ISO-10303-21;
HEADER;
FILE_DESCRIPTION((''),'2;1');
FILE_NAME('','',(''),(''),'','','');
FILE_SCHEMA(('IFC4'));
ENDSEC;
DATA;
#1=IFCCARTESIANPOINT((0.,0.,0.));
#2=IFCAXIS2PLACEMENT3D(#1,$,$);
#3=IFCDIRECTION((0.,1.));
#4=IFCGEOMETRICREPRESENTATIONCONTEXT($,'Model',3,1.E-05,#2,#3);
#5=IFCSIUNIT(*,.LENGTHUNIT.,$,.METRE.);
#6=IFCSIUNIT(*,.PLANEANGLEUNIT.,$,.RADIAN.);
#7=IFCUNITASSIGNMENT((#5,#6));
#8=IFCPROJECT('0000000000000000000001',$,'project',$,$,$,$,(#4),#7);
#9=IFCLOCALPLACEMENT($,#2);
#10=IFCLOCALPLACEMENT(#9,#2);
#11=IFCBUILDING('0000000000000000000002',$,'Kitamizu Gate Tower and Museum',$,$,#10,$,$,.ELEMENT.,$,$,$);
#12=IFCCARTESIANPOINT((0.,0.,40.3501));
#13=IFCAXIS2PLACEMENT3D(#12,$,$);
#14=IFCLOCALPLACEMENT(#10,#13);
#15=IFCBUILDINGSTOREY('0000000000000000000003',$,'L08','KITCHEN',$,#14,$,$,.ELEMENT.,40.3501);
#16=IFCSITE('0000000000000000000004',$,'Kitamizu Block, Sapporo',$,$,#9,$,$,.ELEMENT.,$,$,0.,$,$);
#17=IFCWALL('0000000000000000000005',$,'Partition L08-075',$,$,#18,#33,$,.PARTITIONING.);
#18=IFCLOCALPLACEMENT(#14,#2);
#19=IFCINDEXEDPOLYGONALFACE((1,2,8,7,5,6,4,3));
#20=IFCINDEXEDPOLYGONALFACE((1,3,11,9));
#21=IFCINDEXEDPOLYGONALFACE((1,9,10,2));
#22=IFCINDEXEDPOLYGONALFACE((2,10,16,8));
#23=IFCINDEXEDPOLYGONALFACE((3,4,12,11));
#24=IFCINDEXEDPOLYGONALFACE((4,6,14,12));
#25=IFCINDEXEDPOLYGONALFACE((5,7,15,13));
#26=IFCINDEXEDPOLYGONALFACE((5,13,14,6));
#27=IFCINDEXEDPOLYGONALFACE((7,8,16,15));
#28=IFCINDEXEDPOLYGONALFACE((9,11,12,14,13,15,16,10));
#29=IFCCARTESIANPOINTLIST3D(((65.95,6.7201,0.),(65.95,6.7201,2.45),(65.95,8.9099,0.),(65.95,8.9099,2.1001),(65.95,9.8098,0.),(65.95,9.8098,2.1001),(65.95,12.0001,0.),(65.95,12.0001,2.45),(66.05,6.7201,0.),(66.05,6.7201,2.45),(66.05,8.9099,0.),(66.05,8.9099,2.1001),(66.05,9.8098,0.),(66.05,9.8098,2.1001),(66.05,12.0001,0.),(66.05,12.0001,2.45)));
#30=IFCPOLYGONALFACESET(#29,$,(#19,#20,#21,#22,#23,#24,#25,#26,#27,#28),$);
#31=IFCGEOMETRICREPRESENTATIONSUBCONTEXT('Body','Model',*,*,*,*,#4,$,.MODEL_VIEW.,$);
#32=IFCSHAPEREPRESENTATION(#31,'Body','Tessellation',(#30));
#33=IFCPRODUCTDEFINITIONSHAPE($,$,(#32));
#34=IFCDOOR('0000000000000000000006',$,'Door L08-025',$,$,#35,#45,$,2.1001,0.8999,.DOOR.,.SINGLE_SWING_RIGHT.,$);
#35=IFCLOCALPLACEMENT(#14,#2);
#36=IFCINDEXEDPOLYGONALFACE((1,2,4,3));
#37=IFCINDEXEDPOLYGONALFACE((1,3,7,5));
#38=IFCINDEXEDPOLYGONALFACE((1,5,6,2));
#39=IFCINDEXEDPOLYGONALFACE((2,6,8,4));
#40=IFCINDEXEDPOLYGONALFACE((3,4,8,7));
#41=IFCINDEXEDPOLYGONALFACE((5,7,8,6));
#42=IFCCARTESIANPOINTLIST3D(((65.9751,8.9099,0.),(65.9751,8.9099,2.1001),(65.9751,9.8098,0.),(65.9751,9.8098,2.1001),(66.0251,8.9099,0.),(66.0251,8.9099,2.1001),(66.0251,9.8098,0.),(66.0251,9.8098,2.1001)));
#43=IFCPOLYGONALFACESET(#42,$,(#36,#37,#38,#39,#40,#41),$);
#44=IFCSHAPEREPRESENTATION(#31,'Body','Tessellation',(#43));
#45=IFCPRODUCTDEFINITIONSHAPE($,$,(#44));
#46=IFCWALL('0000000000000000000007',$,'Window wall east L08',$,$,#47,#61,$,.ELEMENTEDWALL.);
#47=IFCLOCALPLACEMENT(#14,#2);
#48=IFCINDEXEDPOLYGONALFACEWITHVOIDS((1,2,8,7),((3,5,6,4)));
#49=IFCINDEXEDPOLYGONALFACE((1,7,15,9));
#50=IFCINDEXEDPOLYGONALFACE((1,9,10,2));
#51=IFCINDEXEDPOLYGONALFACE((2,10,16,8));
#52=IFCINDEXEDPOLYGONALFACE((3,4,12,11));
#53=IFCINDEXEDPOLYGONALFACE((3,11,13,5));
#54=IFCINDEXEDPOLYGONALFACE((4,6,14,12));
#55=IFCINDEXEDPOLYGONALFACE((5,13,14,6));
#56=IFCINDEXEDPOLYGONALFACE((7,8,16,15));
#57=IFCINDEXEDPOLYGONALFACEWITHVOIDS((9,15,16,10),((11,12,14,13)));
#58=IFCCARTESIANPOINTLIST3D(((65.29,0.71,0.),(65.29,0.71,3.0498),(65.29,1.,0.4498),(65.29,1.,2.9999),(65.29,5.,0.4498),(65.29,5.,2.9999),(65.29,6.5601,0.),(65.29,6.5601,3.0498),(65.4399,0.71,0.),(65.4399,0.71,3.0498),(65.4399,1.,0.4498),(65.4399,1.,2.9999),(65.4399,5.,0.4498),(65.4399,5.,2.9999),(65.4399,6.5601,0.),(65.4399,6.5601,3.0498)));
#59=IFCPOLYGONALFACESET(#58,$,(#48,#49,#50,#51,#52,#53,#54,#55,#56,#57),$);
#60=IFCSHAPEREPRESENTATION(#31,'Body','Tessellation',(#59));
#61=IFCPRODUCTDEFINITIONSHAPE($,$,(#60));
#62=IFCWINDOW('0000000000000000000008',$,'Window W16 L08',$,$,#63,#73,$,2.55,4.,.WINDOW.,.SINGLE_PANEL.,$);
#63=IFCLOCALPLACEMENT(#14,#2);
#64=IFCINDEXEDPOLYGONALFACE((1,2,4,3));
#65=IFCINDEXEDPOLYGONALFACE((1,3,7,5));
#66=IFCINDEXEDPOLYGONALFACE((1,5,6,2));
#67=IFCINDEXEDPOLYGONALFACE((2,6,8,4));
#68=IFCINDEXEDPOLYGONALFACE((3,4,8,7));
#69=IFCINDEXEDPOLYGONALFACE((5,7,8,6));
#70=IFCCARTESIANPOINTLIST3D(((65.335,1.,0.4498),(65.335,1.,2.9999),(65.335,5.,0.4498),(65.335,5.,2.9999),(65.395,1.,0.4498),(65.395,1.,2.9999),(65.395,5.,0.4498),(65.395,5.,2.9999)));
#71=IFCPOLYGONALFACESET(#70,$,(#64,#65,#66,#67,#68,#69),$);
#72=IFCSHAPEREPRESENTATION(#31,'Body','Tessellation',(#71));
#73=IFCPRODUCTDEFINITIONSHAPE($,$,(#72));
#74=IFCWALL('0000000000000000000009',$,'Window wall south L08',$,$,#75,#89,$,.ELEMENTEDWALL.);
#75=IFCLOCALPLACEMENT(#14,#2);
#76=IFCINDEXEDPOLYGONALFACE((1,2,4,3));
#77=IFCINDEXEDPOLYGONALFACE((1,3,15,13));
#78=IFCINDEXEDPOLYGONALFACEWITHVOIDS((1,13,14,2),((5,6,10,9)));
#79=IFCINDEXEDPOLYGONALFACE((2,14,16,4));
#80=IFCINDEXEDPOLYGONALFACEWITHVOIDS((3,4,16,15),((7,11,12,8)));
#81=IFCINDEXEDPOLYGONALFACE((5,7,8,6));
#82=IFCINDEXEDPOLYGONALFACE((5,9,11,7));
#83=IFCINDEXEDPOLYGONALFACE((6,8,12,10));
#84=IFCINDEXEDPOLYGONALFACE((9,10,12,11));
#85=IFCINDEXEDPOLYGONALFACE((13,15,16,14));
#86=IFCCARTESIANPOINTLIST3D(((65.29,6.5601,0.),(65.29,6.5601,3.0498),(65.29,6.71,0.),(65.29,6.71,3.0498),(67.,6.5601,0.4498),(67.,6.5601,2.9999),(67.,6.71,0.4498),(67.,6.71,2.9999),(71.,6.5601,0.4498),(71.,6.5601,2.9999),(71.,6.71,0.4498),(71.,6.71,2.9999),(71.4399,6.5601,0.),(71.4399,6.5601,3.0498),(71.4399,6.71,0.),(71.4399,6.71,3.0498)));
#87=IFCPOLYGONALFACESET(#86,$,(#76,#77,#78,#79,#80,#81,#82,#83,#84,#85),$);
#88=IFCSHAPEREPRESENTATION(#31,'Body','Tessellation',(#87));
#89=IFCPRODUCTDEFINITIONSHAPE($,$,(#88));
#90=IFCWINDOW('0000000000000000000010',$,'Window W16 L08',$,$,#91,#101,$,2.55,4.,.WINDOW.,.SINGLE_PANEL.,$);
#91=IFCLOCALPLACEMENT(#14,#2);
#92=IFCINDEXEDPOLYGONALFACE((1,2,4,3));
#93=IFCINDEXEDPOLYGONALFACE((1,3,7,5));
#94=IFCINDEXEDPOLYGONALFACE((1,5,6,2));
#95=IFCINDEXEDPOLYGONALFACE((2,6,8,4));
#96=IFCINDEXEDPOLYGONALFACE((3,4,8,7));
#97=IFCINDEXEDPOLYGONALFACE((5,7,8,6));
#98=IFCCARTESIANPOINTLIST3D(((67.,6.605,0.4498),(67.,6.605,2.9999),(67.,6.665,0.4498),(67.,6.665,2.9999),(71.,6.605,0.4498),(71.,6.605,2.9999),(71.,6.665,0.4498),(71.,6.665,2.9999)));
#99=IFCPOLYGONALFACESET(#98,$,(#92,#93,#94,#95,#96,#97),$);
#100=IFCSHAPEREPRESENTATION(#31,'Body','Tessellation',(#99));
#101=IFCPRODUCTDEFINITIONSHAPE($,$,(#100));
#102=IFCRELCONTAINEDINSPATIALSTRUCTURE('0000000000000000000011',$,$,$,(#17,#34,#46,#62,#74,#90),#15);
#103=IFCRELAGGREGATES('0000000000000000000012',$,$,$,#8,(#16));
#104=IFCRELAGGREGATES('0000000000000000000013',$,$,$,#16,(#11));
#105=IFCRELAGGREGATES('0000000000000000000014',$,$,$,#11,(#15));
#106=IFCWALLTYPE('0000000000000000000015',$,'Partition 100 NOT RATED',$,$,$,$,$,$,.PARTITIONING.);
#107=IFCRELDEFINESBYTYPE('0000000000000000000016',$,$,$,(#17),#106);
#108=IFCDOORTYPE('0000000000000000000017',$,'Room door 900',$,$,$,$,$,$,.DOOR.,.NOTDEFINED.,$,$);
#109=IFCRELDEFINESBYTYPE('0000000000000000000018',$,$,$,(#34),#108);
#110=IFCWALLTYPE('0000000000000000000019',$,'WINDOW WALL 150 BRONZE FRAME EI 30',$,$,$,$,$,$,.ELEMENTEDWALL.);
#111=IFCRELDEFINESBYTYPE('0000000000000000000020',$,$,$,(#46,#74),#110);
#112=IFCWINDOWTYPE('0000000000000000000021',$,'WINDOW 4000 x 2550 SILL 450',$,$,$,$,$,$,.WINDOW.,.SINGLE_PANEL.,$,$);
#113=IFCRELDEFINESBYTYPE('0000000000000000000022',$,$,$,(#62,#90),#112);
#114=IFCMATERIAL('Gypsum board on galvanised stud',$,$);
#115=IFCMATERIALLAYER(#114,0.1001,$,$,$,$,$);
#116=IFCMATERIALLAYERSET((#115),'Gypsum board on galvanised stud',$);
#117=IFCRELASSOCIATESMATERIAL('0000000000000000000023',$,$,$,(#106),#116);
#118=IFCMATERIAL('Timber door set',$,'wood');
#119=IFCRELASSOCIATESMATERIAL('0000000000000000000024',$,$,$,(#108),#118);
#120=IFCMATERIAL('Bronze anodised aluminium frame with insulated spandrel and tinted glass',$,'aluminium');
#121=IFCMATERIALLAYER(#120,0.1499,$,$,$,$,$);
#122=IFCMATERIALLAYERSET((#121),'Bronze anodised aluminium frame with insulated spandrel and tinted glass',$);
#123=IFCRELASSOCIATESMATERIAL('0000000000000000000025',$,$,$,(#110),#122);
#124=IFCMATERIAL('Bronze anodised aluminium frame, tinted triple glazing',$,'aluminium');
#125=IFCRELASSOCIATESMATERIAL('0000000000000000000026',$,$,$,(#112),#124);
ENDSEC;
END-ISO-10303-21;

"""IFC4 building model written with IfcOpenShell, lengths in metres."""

from ifc_helpers import new_model, si_unit, direction, frame, frame_2d, origin, place, context, subcontext, project, spatial, rectangle, extrude, material, layer, layer_set, type_object, element, fill, save


model = new_model("IFC4")

# Units and contexts
model_context = context("Model", 3, precision=1e-05, world=origin(), true_north=direction((0.0, 1.0)))
body_context = subcontext(model_context, "Body", "Model", "MODEL_VIEW")
ifc_project = project(units=[si_unit("LENGTHUNIT", "METRE"), si_unit("PLANEANGLEUNIT", "RADIAN")], contexts=[model_context])

# Site, building, storey
site_placement = place(None, origin())
site = spatial("IfcSite", under=ifc_project, at=site_placement, Name="Kitamizu Block, Sapporo", CompositionType="ELEMENT", RefElevation=0.0)
building_placement = place(site_placement, origin())
building = spatial("IfcBuilding", under=site, at=building_placement, Name="Kitamizu Gate Tower and Museum", CompositionType="ELEMENT")
storey_placement = place(building_placement, frame((0.0, 0.0, 40.3501)))
storey = spatial("IfcBuildingStorey", under=building, at=storey_placement, Name="L08", Description="KITCHEN", CompositionType="ELEMENT", Elevation=40.3501)

# Shared definitions
ifc_material_1 = material(Name="Gypsum board on galvanised stud")
ifc_layer_1 = layer(ifc_material_1, 0.1001)
ifc_layer_set_1 = layer_set([ifc_layer_1], Name="Gypsum board on galvanised stud")
wall_type_1 = type_object("IfcWallType", Name="Partition 100 NOT RATED", PredefinedType="PARTITIONING", material=ifc_layer_set_1)

# Shared definitions
ifc_material_2 = material(Name="Timber door set", Category="wood")
door_type = type_object("IfcDoorType", Name="Room door 900", OperationType="NOTDEFINED", PredefinedType="DOOR", material=ifc_material_2)

# Wall, opening, door
wall_1_placement = place(storey_placement, frame((66.0, 6.72, 0.0), z_axis=(0.0, 0.0, 1.0), x_axis=(0.0, 1.0, 0.0)))
wall_1 = element("IfcWall", 1, at=wall_1_placement, inside=storey, type_object=wall_type_1, Name="Partition L08-075", PredefinedType="PARTITIONING", context=body_context, shape_type="SweptSolid", body=[
    extrude(rectangle(XDim=5.28, YDim=0.1001, at=frame_2d((2.6401, 0.0))), origin(), (0.0, 0.0, 1.0), 2.45),
])
opening_1_placement = place(wall_1_placement, frame((2.1899, 0.0, 0.0)))
opening_1 = element("IfcOpeningElement", 2, at=opening_1_placement, cuts=wall_1, PredefinedType="OPENING", context=body_context, shape_type="SweptSolid", body=[
    extrude(rectangle(XDim=0.8999, YDim=2.1001, at=frame_2d((0.45, 1.05))), frame((0.0, 0.0601, 0.0), z_axis=(0.0, -1.0, 0.0), x_axis=(1.0, 0.0, 0.0)), (0.0, 0.0, 1.0), 0.1201),
])
door_1_placement = place(opening_1_placement, origin())
door_1 = element("IfcDoor", 3, at=door_1_placement, inside=storey, type_object=door_type, Name="Door L08-025", OperationType="SINGLE_SWING_RIGHT", OverallHeight=2.1001, OverallWidth=0.8999, PredefinedType="DOOR", context=body_context, shape_type="SweptSolid", body=[
    extrude(rectangle(XDim=0.8999, YDim=2.1001, at=frame_2d((0.45, 1.05))), frame((0.0, 0.0249, 0.0), z_axis=(0.0, -1.0, 0.0), x_axis=(1.0, 0.0, 0.0)), (0.0, 0.0, 1.0), 0.05),
])
fill(opening_1, door_1)

# Walls, openings, windows
ifc_material_3 = material(Name="Bronze anodised aluminium frame with insulated spandrel and tinted glass", Category="aluminium")
ifc_layer_2 = layer(ifc_material_3, 0.1499)
ifc_layer_set_2 = layer_set([ifc_layer_2], Name="Bronze anodised aluminium frame with insulated spandrel and tinted glass")
wall_type_2 = type_object("IfcWallType", Name="WINDOW WALL 150 BRONZE FRAME EI 30", PredefinedType="ELEMENTEDWALL", material=ifc_layer_set_2)
wall_2_placement = place(storey_placement, frame((65.365, 0.71, 0.0), z_axis=(0.0, 0.0, 1.0), x_axis=(0.0, 1.0, 0.0)))
wall_2 = element("IfcWall", 4, at=wall_2_placement, inside=storey, type_object=wall_type_2, Name="Window wall east L08", PredefinedType="ELEMENTEDWALL", context=body_context, shape_type="SweptSolid", body=[
    extrude(rectangle(XDim=5.8501, YDim=0.1499, at=frame_2d((2.925, 0.0))), origin(), (0.0, 0.0, 1.0), 3.0498),
])
opening_2_placement = place(wall_2_placement, frame((0.29, 0.0, 0.45)))
opening_2 = element("IfcOpeningElement", 5, at=opening_2_placement, cuts=wall_2, PredefinedType="OPENING", context=body_context, shape_type="SweptSolid", body=[
    extrude(rectangle(XDim=4.0, YDim=2.55, at=frame_2d((2.0, 1.2749))), frame((0.0, 0.085, 0.0), z_axis=(0.0, -1.0, 0.0), x_axis=(1.0, 0.0, 0.0)), (0.0, 0.0, 1.0), 0.1699),
])
ifc_material_4 = material(Name="Bronze anodised aluminium frame, tinted triple glazing", Category="aluminium")
window_type_1 = type_object("IfcWindowType", Name="WINDOW 4000 x 2550 SILL 450", PartitioningType="SINGLE_PANEL", PredefinedType="WINDOW", material=ifc_material_4)
window_1_placement = place(opening_2_placement, origin())
window_1 = element("IfcWindow", 6, at=window_1_placement, inside=storey, type_object=window_type_1, Name="Window W16 L08", OverallHeight=2.55, OverallWidth=4.0, PartitioningType="SINGLE_PANEL", PredefinedType="WINDOW", context=body_context, shape_type="SweptSolid", body=[
    extrude(rectangle(XDim=4.0, YDim=2.55, at=frame_2d((2.0, 1.2749))), frame((0.0, 0.03, 0.0), z_axis=(0.0, -1.0, 0.0), x_axis=(1.0, 0.0, 0.0)), (0.0, 0.0, 1.0), 0.0601),
])
fill(opening_2, window_1)
wall_3_placement = place(storey_placement, frame((65.29, 6.635, 0.0), z_axis=(0.0, 0.0, 1.0), x_axis=(1.0, 0.0, 0.0)))
wall_3 = element("IfcWall", 7, at=wall_3_placement, inside=storey, type_object=wall_type_2, Name="Window wall south L08", PredefinedType="ELEMENTEDWALL", context=body_context, shape_type="SweptSolid", body=[
    extrude(rectangle(XDim=6.1499, YDim=0.1499, at=frame_2d((3.075, 0.0))), origin(), (0.0, 0.0, 1.0), 3.0498),
])
opening_3_placement = place(wall_3_placement, frame((1.71, 0.0, 0.45)))
opening_3 = element("IfcOpeningElement", 8, at=opening_3_placement, cuts=wall_3, PredefinedType="OPENING", context=body_context, shape_type="SweptSolid", body=[
    extrude(rectangle(XDim=4.0, YDim=2.55, at=frame_2d((2.0, 1.2749))), frame((0.0, 0.085, 0.0), z_axis=(0.0, -1.0, 0.0), x_axis=(1.0, 0.0, 0.0)), (0.0, 0.0, 1.0), 0.1699),
])
window_2_placement = place(opening_3_placement, origin())
window_2 = element("IfcWindow", 9, at=window_2_placement, inside=storey, type_object=window_type_1, Name="Window W16 L08", OverallHeight=2.55, OverallWidth=4.0, PartitioningType="SINGLE_PANEL", PredefinedType="WINDOW", context=body_context, shape_type="SweptSolid", body=[
    extrude(rectangle(XDim=4.0, YDim=2.55, at=frame_2d((2.0, 1.2749))), frame((0.0, 0.03, 0.0), z_axis=(0.0, -1.0, 0.0), x_axis=(1.0, 0.0, 0.0)), (0.0, 0.0, 1.0), 0.0601),
])
fill(opening_3, window_2)

save(model, "model.ifc")
